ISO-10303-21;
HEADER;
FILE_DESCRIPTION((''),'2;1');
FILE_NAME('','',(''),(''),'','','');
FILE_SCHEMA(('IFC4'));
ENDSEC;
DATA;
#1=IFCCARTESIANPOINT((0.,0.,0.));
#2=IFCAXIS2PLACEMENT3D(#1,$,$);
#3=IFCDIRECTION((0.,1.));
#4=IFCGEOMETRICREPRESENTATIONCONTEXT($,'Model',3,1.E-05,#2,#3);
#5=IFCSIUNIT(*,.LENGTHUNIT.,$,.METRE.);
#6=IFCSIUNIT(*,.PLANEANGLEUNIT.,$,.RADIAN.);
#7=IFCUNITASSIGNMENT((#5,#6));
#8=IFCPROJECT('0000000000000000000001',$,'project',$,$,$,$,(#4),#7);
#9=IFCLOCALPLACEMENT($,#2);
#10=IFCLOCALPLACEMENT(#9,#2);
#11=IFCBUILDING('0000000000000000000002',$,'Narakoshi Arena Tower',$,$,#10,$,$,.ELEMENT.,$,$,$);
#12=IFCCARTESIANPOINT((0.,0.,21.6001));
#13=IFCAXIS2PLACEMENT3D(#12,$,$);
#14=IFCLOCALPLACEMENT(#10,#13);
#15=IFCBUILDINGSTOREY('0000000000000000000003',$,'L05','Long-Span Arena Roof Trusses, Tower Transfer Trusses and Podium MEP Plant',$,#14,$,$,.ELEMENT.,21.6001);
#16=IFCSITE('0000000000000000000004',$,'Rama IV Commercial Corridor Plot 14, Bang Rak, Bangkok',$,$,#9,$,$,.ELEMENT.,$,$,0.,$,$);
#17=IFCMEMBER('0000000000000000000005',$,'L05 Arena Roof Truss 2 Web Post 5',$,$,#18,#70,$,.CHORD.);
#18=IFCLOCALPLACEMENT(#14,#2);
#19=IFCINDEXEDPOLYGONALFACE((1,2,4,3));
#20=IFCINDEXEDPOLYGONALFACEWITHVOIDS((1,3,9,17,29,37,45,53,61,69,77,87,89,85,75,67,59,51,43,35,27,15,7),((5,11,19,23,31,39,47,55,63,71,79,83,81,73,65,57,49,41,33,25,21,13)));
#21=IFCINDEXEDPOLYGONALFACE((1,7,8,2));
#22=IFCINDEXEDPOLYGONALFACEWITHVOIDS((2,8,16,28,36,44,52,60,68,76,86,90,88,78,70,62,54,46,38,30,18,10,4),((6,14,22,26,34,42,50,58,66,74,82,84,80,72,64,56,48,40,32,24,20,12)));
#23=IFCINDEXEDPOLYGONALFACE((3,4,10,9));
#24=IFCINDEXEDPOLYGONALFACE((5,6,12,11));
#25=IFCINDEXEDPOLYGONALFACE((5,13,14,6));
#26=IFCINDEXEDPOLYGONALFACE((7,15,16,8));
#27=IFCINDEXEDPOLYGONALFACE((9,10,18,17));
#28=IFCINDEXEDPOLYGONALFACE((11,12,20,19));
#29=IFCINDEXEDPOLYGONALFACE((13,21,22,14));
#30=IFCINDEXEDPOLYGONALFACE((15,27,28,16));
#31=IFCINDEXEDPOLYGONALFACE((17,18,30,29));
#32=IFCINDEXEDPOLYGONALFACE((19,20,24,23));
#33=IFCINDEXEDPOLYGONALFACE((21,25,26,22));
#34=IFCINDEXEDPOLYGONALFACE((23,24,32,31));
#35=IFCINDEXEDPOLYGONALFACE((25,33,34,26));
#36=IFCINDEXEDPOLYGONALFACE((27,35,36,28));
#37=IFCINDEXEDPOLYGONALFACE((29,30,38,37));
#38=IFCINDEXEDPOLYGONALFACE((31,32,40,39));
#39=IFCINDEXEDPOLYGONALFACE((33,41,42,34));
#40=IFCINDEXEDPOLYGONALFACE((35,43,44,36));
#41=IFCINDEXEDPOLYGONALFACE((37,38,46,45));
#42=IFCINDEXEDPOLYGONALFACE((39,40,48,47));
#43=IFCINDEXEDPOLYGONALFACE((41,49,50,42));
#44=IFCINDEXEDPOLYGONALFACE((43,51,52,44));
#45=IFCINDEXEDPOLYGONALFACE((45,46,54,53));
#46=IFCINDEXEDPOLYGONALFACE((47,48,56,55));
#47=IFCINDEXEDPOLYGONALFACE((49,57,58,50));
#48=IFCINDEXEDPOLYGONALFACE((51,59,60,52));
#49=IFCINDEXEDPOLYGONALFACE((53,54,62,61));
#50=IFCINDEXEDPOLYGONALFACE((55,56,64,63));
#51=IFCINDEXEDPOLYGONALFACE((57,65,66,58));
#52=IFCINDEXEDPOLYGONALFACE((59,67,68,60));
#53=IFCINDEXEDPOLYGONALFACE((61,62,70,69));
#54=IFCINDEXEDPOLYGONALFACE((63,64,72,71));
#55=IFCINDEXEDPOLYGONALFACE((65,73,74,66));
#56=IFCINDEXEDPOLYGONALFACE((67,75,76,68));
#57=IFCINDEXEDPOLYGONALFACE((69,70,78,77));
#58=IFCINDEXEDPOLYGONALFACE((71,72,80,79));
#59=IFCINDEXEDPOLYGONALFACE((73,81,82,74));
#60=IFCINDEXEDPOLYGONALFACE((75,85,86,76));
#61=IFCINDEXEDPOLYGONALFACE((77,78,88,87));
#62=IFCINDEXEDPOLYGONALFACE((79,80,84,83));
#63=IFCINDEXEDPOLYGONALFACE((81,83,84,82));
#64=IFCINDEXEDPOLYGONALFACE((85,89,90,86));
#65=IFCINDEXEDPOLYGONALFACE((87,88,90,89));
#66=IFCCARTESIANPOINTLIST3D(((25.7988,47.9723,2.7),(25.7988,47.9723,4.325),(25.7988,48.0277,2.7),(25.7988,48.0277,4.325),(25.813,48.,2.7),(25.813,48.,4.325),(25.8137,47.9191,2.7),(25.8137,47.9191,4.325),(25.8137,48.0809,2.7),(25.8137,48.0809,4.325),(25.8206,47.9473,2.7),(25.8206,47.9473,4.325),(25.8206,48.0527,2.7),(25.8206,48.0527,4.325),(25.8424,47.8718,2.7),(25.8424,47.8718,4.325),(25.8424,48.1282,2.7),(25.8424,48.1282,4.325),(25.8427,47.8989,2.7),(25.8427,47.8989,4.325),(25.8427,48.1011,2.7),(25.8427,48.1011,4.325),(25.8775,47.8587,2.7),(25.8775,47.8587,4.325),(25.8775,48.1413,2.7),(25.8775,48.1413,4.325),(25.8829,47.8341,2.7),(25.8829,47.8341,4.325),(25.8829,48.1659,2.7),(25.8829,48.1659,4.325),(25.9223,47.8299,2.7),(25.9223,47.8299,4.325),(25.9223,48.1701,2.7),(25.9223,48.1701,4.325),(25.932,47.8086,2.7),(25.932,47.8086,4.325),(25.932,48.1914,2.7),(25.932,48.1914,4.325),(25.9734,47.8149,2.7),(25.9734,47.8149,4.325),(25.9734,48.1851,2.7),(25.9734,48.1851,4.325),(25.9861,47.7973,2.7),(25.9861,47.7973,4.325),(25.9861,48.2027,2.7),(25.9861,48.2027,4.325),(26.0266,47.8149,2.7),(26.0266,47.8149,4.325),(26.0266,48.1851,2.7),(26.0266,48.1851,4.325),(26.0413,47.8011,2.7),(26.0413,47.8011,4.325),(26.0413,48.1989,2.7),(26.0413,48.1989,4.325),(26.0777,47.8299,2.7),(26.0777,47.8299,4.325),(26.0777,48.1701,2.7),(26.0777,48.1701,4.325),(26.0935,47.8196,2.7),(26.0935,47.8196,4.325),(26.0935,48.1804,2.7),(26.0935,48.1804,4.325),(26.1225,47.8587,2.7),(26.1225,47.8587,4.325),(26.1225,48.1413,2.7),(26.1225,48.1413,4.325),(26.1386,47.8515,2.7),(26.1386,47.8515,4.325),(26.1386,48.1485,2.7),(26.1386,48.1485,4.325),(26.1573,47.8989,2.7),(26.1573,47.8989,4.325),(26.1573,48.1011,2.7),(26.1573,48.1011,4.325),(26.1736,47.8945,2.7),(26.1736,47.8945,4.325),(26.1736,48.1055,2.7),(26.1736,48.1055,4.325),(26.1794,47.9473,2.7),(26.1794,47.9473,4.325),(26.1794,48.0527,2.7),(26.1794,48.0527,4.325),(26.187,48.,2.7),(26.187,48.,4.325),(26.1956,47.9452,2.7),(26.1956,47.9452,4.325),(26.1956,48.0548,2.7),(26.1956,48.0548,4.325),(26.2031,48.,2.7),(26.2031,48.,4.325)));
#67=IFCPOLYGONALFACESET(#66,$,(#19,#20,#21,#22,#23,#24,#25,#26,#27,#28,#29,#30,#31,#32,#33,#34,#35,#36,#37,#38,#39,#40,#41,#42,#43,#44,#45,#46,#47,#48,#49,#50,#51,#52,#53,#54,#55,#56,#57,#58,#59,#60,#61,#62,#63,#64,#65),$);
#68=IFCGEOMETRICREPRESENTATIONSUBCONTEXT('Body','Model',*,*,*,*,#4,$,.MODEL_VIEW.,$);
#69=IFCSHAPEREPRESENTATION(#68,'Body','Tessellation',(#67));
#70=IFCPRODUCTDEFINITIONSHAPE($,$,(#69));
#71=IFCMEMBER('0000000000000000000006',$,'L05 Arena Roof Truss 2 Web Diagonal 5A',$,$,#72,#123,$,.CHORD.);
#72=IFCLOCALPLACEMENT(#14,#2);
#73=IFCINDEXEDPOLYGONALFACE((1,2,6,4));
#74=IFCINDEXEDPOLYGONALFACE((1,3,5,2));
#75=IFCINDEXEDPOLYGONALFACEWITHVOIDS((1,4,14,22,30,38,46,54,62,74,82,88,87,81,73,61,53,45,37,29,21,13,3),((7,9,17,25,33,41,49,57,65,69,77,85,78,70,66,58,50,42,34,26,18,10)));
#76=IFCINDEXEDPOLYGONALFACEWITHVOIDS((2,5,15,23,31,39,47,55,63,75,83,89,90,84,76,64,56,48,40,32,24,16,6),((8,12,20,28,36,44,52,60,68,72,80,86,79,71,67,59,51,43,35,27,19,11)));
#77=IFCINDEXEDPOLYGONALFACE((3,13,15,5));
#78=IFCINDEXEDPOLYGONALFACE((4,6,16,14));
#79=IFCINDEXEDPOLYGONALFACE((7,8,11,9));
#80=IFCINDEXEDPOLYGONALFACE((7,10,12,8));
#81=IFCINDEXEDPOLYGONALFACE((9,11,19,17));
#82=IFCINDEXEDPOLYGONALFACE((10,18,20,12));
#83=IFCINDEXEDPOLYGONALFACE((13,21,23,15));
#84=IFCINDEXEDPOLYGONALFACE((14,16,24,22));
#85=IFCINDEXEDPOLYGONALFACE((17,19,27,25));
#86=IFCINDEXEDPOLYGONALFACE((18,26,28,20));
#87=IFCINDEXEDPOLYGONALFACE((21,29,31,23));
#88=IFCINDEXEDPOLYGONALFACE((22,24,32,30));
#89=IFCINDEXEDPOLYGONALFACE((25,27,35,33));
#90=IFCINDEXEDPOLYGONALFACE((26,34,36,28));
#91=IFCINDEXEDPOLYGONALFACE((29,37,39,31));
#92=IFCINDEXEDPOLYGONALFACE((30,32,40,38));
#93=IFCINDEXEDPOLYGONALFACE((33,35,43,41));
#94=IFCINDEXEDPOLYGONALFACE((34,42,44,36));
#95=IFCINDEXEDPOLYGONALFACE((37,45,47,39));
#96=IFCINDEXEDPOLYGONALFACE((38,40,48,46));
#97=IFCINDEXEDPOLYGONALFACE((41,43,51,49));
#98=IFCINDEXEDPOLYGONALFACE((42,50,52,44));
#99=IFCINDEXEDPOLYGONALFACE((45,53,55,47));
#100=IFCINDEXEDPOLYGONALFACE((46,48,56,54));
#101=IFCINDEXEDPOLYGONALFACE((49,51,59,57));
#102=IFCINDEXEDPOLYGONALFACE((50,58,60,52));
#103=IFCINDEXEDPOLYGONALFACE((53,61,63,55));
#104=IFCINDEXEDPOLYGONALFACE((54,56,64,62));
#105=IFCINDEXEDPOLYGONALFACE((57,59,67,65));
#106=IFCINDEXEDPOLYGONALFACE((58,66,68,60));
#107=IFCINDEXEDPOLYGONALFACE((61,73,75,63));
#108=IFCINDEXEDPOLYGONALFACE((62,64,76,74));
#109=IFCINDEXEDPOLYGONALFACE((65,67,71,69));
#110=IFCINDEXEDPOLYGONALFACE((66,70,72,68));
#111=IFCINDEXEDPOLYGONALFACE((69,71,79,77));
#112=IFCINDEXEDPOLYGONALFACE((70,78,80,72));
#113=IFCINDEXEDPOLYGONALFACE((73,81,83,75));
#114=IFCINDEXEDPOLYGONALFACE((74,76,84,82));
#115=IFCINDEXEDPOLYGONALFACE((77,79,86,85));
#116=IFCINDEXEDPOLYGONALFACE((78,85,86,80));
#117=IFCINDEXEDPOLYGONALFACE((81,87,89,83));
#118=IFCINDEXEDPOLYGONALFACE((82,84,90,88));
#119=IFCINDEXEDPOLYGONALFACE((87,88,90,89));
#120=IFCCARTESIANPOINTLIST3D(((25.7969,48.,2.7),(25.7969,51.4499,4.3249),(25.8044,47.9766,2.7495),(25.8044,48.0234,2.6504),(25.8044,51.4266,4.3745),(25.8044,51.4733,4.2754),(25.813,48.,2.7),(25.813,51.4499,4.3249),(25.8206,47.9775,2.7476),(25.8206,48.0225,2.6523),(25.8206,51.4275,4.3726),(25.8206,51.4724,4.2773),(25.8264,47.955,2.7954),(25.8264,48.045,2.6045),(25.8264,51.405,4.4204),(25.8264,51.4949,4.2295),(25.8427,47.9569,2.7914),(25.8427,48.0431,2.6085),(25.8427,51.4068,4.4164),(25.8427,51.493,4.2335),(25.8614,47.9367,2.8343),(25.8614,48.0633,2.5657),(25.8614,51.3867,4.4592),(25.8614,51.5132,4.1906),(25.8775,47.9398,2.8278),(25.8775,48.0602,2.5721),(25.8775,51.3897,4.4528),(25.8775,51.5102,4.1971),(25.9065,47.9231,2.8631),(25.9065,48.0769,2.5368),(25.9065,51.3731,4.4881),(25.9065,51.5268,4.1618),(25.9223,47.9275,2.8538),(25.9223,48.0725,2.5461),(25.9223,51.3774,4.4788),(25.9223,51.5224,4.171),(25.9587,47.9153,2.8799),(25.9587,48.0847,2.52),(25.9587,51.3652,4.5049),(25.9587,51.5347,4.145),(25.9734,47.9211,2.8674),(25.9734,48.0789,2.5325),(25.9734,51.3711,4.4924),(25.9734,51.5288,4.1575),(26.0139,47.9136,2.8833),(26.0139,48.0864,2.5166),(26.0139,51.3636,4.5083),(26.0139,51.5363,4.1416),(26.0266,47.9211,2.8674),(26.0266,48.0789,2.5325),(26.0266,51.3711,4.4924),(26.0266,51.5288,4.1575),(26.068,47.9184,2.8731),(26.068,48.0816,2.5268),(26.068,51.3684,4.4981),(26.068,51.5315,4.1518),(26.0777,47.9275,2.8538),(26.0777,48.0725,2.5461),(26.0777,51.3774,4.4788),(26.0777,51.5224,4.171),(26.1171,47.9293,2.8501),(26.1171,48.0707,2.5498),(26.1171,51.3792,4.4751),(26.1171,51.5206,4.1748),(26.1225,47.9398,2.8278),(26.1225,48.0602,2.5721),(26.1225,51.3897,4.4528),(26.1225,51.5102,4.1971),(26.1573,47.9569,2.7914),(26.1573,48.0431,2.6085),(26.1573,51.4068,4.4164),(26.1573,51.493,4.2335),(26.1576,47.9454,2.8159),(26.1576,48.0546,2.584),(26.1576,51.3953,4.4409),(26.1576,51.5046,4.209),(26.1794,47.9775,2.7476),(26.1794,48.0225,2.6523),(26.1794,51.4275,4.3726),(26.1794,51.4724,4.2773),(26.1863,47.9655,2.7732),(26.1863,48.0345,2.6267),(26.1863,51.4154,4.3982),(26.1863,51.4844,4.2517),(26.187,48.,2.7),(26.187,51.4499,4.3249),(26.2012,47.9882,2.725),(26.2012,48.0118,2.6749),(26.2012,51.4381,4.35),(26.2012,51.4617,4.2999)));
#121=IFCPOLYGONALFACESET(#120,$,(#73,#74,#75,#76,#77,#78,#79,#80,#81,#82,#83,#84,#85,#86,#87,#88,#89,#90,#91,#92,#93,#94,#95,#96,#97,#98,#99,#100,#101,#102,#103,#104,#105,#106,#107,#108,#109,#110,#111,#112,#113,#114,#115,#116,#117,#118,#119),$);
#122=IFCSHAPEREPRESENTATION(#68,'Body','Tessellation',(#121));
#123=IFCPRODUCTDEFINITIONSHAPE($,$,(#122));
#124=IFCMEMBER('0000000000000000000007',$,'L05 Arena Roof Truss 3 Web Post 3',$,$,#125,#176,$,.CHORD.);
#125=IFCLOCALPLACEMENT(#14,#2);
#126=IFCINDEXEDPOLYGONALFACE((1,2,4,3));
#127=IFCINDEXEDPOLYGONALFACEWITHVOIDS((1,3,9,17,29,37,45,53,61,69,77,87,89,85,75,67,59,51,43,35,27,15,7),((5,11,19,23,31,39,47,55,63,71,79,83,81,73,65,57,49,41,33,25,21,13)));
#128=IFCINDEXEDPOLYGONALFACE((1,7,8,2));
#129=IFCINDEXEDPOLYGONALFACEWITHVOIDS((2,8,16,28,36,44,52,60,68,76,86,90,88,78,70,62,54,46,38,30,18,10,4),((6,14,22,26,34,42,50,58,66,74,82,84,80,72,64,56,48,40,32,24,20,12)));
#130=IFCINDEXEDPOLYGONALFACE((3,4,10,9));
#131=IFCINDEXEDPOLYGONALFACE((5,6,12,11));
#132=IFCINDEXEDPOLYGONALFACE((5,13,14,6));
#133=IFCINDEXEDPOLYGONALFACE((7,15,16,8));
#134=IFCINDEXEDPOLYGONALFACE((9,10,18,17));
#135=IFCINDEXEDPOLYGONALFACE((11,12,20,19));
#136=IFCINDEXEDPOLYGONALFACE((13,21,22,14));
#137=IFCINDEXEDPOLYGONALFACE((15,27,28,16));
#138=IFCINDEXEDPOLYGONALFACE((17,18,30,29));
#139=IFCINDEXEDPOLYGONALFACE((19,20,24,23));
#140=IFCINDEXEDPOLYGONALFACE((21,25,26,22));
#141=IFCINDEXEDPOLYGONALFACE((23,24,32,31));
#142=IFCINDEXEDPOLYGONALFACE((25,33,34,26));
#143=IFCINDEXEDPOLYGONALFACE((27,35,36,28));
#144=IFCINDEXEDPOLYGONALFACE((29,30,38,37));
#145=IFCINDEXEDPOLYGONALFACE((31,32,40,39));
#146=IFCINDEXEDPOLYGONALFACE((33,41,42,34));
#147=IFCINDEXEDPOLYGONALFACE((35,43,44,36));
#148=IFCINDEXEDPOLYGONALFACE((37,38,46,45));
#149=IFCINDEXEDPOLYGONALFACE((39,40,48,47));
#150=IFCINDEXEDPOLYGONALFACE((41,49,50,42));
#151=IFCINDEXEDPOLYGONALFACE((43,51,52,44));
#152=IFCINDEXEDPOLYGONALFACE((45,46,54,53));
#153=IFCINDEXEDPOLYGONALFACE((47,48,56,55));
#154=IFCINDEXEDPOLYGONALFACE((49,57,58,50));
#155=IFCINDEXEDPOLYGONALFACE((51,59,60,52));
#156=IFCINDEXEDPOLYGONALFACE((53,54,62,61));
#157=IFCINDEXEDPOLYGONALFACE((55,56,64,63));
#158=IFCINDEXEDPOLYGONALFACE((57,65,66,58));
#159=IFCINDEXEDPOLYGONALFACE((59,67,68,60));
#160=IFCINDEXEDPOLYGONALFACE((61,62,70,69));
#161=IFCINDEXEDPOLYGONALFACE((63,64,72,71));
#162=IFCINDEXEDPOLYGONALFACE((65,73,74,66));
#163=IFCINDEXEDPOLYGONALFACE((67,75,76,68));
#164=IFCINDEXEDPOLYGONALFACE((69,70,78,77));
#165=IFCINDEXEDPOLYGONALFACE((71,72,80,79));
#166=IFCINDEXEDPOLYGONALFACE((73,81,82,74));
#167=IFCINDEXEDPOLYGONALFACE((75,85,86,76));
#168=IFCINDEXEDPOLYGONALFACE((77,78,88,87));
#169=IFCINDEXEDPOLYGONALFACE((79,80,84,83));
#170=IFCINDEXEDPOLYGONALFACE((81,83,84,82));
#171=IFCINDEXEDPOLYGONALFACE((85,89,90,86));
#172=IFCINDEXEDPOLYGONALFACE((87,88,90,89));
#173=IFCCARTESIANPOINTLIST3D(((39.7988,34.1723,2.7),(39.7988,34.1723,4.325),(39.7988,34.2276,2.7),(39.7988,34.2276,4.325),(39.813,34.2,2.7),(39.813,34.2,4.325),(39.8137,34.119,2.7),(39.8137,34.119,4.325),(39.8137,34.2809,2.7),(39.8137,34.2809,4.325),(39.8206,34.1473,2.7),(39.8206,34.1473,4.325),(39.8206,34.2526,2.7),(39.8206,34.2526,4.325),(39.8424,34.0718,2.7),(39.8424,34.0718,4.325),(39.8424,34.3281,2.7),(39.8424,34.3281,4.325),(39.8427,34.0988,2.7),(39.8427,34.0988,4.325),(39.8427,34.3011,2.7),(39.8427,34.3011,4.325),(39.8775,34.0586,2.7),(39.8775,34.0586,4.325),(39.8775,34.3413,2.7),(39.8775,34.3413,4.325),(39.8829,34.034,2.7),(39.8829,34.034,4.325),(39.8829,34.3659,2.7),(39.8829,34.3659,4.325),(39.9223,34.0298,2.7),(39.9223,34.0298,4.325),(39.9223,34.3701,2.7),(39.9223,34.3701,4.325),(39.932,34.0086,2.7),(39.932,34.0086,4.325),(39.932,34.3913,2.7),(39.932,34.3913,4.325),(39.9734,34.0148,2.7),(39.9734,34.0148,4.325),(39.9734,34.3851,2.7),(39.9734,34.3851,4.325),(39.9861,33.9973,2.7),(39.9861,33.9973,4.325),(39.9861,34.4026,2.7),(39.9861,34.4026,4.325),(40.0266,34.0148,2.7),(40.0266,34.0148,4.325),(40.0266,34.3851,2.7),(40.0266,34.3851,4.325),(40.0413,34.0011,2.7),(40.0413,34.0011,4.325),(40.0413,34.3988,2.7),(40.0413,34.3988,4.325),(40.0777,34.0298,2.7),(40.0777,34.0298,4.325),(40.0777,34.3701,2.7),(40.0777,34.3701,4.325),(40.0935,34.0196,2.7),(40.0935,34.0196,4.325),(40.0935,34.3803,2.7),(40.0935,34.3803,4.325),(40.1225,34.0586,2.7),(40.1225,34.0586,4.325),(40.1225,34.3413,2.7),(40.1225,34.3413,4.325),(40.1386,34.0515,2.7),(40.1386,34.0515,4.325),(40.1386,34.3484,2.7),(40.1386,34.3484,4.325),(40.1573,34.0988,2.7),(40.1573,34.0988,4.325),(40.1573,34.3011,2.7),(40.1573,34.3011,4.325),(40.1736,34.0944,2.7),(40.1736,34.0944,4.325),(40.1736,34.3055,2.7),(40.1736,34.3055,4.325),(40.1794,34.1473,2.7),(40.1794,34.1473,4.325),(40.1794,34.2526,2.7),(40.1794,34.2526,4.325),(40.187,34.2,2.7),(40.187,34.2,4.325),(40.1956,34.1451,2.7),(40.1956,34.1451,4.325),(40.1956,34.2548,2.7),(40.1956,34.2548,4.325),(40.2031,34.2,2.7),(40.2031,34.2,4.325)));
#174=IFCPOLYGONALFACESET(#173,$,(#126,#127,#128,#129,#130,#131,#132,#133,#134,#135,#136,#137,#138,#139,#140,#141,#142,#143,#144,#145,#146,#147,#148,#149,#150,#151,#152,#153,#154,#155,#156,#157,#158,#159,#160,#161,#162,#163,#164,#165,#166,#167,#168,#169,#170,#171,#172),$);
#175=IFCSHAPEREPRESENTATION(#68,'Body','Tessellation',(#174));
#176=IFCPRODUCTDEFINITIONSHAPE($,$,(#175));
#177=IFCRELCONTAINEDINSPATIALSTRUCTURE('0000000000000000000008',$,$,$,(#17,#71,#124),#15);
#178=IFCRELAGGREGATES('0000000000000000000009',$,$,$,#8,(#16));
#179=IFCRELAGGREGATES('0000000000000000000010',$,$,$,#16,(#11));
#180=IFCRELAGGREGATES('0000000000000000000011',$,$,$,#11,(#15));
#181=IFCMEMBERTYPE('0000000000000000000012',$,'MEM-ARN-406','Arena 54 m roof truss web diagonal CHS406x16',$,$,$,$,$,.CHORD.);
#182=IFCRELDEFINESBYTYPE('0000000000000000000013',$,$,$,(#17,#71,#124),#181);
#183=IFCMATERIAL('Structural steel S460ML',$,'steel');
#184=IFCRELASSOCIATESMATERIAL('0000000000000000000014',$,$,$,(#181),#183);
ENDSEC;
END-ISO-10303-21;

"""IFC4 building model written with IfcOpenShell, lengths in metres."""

from ifc_helpers import new_model, si_unit, direction, frame, origin, origin_2d, place, context, subcontext, project, spatial, hollow_circle, extrude, material, material_profile, profile_set, type_object, element, save


model = new_model("IFC4")

# Units and contexts
model_context = context("Model", 3, precision=1e-05, world=origin(), true_north=direction((0.0, 1.0)))
body_context = subcontext(model_context, "Body", "Model", "MODEL_VIEW")
ifc_project = project(units=[si_unit("LENGTHUNIT", "METRE"), si_unit("PLANEANGLEUNIT", "RADIAN")], contexts=[model_context])

# Site, building, storey
site_placement = place(None, origin())
site = spatial("IfcSite", under=ifc_project, at=site_placement, Name="Rama IV Commercial Corridor Plot 14, Bang Rak, Bangkok", CompositionType="ELEMENT", RefElevation=0.0)
building_placement = place(site_placement, origin())
building = spatial("IfcBuilding", under=site, at=building_placement, Name="Narakoshi Arena Tower", CompositionType="ELEMENT")
storey_placement = place(building_placement, frame((0.0, 0.0, 21.6001)))
storey = spatial("IfcBuildingStorey", under=building, at=storey_placement, Name="L05", Description="Long-Span Arena Roof Trusses, Tower Transfer Trusses and Podium MEP Plant", CompositionType="ELEMENT", Elevation=21.6001)

# Members
ifc_material_1 = material(Name="Structural steel S460ML", Category="steel")
ifc_material_profile_1 = material_profile(ifc_material_1, hollow_circle(Radius=0.2031, WallThickness=0.0161, at=origin_2d()), Name="CHS406x16")
ifc_profile_set_1 = profile_set([ifc_material_profile_1], Name="Structural steel S460ML")
member_type = type_object("IfcMemberType", Name="MEM-ARN-406", Description="Arena 54 m roof truss web diagonal CHS406x16", PredefinedType="CHORD", material=ifc_profile_set_1)
member_1_placement = place(storey_placement, frame((26.0, 48.0, 2.7), z_axis=(0.0, 0.0, 1.0), x_axis=(1.0, 0.0, 0.0)))
element("IfcMember", 1, at=member_1_placement, inside=storey, type_object=member_type, Name="L05 Arena Roof Truss 2 Web Post 5", PredefinedType="CHORD", context=body_context, shape_type="SweptSolid", body=[
    extrude(hollow_circle(Radius=0.2031, WallThickness=0.0161, at=origin_2d()), origin(), (0.0, 0.0, 1.0), 1.625),
])
member_2_placement = place(storey_placement, frame((26.0, 48.0, 2.7), z_axis=(0.0, 0.904668, 0.426118), x_axis=(-1.0, 0.0, 0.0)))
element("IfcMember", 2, at=member_2_placement, inside=storey, type_object=member_type, Name="L05 Arena Roof Truss 2 Web Diagonal 5A", PredefinedType="CHORD", context=body_context, shape_type="SweptSolid", body=[
    extrude(hollow_circle(Radius=0.2031, WallThickness=0.0161, at=origin_2d()), origin(), (0.0, 0.0, 1.0), 3.8135),
])
member_3_placement = place(storey_placement, frame((40.0, 34.2, 2.7), z_axis=(0.0, 0.0, 1.0), x_axis=(1.0, 0.0, 0.0)))
element("IfcMember", 3, at=member_3_placement, inside=storey, type_object=member_type, Name="L05 Arena Roof Truss 3 Web Post 3", PredefinedType="CHORD", context=body_context, shape_type="SweptSolid", body=[
    extrude(hollow_circle(Radius=0.2031, WallThickness=0.0161, at=origin_2d()), origin(), (0.0, 0.0, 1.0), 1.625),
])

save(model, "model.ifc")
